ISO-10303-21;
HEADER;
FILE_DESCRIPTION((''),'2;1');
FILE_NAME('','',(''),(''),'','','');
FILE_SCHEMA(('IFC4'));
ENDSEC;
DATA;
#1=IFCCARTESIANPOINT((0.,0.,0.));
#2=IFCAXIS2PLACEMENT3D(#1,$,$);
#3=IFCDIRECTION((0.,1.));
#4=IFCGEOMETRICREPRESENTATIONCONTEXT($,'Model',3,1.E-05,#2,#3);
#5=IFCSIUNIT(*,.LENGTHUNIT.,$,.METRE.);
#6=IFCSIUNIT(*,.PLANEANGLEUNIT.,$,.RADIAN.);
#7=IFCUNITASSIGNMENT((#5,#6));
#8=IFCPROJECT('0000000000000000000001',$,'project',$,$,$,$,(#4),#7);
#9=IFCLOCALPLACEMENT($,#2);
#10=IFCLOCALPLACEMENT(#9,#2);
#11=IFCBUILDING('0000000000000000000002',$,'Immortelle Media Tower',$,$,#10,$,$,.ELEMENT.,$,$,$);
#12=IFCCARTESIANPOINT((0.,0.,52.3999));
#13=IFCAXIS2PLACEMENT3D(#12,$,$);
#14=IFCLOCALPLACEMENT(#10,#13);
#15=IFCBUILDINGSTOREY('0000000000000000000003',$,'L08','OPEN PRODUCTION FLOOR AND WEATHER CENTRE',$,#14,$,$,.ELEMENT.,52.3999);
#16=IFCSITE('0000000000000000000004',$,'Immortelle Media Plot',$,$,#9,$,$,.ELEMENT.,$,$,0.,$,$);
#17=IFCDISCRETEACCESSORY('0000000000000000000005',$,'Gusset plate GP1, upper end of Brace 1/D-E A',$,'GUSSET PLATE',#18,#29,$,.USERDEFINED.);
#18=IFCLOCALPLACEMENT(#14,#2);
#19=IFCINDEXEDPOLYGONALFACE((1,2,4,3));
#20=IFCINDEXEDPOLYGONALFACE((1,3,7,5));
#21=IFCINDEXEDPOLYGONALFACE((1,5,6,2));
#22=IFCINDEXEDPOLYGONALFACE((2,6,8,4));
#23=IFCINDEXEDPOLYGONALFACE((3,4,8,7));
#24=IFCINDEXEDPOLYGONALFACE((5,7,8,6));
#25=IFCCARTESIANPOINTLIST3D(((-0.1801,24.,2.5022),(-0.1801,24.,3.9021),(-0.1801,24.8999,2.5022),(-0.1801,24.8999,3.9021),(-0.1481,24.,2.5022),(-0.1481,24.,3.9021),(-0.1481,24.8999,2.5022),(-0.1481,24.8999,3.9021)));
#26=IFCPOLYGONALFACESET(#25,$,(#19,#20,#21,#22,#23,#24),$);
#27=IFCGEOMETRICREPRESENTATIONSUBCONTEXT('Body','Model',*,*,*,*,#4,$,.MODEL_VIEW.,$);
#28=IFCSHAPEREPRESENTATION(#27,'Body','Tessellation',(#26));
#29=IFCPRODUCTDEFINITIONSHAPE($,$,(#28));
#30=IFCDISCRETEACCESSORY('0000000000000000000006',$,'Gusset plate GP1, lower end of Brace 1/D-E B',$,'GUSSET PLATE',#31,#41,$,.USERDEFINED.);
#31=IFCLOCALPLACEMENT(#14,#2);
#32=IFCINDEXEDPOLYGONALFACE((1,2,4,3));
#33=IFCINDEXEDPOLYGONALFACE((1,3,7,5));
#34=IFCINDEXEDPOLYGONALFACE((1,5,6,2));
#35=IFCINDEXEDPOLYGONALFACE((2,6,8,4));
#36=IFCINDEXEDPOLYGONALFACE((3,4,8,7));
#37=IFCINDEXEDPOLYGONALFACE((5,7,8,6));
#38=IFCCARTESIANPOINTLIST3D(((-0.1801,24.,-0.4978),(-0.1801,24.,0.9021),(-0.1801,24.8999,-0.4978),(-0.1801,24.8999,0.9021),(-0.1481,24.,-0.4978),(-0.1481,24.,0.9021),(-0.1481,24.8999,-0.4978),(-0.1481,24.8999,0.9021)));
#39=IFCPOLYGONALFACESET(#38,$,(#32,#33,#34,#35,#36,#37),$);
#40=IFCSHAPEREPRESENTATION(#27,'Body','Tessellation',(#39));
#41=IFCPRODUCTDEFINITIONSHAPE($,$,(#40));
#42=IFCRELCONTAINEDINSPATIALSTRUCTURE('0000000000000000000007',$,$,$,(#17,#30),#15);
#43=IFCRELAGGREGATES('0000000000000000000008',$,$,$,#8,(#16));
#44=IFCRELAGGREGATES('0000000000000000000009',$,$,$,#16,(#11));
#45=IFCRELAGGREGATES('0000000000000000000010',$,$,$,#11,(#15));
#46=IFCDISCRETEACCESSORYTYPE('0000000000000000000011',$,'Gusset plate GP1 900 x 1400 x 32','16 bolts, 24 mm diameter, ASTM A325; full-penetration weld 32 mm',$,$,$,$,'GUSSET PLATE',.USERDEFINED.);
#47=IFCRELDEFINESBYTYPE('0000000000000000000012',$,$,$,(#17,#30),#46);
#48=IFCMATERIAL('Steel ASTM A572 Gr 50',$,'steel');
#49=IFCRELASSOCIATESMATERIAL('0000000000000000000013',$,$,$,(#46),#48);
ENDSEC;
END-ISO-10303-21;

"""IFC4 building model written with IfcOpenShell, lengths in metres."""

from ifc_helpers import new_model, si_unit, direction, frame, origin, origin_2d, place, context, subcontext, project, spatial, rectangle, extrude, material, material_profile, profile_set, type_object, element, save


model = new_model("IFC4")

# Units and contexts
model_context = context("Model", 3, precision=1e-05, world=origin(), true_north=direction((0.0, 1.0)))
body_context = subcontext(model_context, "Body", "Model", "MODEL_VIEW")
ifc_project = project(units=[si_unit("LENGTHUNIT", "METRE"), si_unit("PLANEANGLEUNIT", "RADIAN")], contexts=[model_context])

# Site, building, storey
site_placement = place(None, origin())
site = spatial("IfcSite", under=ifc_project, at=site_placement, Name="Immortelle Media Plot", CompositionType="ELEMENT", RefElevation=0.0)
building_placement = place(site_placement, origin())
building = spatial("IfcBuilding", under=site, at=building_placement, Name="Immortelle Media Tower", CompositionType="ELEMENT")
storey_placement = place(building_placement, frame((0.0, 0.0, 52.3999)))
storey = spatial("IfcBuildingStorey", under=building, at=storey_placement, Name="L08", Description="OPEN PRODUCTION FLOOR AND WEATHER CENTRE", CompositionType="ELEMENT", Elevation=52.3999)

# Discrete accessories
ifc_material_1 = material(Name="Steel ASTM A572 Gr 50", Category="steel")
ifc_material_profile_1 = material_profile(ifc_material_1, rectangle(XDim=0.032, YDim=1.3999, at=origin_2d()), Name="PL 32 x 1400")
ifc_profile_set_1 = profile_set([ifc_material_profile_1], Name="Steel ASTM A572 Gr 50")
discrete_accessory_type = type_object("IfcDiscreteAccessoryType", Name="Gusset plate GP1 900 x 1400 x 32", Description="16 bolts, 24 mm diameter, ASTM A325; full-penetration weld 32 mm", ElementType="GUSSET PLATE", PredefinedType="USERDEFINED", material=ifc_profile_set_1)
for number, where, z_axis, x_axis, name in (
    (1, (-0.1641, 24.0, 3.2021), (0.0, 1.0, 0.0), (-1.0, 0.0, 0.0), "Gusset plate GP1, upper end of Brace 1/D-E A"),
    (2, (-0.1641, 24.0, 0.2021), (0.0, 1.0, 0.0), (-1.0, 0.0, 0.0), "Gusset plate GP1, lower end of Brace 1/D-E B"),
):
    element("IfcDiscreteAccessory", number, at=place(storey_placement, frame(where, z_axis=z_axis, x_axis=x_axis)), inside=storey, type_object=discrete_accessory_type, Name=name, ObjectType="GUSSET PLATE", PredefinedType="USERDEFINED", context=body_context, shape_type="SweptSolid", body=[
        extrude(rectangle(XDim=0.032, YDim=1.3999, at=origin_2d()), origin(), (0.0, 0.0, 1.0), 0.8999),
    ])

save(model, "model.ifc")
